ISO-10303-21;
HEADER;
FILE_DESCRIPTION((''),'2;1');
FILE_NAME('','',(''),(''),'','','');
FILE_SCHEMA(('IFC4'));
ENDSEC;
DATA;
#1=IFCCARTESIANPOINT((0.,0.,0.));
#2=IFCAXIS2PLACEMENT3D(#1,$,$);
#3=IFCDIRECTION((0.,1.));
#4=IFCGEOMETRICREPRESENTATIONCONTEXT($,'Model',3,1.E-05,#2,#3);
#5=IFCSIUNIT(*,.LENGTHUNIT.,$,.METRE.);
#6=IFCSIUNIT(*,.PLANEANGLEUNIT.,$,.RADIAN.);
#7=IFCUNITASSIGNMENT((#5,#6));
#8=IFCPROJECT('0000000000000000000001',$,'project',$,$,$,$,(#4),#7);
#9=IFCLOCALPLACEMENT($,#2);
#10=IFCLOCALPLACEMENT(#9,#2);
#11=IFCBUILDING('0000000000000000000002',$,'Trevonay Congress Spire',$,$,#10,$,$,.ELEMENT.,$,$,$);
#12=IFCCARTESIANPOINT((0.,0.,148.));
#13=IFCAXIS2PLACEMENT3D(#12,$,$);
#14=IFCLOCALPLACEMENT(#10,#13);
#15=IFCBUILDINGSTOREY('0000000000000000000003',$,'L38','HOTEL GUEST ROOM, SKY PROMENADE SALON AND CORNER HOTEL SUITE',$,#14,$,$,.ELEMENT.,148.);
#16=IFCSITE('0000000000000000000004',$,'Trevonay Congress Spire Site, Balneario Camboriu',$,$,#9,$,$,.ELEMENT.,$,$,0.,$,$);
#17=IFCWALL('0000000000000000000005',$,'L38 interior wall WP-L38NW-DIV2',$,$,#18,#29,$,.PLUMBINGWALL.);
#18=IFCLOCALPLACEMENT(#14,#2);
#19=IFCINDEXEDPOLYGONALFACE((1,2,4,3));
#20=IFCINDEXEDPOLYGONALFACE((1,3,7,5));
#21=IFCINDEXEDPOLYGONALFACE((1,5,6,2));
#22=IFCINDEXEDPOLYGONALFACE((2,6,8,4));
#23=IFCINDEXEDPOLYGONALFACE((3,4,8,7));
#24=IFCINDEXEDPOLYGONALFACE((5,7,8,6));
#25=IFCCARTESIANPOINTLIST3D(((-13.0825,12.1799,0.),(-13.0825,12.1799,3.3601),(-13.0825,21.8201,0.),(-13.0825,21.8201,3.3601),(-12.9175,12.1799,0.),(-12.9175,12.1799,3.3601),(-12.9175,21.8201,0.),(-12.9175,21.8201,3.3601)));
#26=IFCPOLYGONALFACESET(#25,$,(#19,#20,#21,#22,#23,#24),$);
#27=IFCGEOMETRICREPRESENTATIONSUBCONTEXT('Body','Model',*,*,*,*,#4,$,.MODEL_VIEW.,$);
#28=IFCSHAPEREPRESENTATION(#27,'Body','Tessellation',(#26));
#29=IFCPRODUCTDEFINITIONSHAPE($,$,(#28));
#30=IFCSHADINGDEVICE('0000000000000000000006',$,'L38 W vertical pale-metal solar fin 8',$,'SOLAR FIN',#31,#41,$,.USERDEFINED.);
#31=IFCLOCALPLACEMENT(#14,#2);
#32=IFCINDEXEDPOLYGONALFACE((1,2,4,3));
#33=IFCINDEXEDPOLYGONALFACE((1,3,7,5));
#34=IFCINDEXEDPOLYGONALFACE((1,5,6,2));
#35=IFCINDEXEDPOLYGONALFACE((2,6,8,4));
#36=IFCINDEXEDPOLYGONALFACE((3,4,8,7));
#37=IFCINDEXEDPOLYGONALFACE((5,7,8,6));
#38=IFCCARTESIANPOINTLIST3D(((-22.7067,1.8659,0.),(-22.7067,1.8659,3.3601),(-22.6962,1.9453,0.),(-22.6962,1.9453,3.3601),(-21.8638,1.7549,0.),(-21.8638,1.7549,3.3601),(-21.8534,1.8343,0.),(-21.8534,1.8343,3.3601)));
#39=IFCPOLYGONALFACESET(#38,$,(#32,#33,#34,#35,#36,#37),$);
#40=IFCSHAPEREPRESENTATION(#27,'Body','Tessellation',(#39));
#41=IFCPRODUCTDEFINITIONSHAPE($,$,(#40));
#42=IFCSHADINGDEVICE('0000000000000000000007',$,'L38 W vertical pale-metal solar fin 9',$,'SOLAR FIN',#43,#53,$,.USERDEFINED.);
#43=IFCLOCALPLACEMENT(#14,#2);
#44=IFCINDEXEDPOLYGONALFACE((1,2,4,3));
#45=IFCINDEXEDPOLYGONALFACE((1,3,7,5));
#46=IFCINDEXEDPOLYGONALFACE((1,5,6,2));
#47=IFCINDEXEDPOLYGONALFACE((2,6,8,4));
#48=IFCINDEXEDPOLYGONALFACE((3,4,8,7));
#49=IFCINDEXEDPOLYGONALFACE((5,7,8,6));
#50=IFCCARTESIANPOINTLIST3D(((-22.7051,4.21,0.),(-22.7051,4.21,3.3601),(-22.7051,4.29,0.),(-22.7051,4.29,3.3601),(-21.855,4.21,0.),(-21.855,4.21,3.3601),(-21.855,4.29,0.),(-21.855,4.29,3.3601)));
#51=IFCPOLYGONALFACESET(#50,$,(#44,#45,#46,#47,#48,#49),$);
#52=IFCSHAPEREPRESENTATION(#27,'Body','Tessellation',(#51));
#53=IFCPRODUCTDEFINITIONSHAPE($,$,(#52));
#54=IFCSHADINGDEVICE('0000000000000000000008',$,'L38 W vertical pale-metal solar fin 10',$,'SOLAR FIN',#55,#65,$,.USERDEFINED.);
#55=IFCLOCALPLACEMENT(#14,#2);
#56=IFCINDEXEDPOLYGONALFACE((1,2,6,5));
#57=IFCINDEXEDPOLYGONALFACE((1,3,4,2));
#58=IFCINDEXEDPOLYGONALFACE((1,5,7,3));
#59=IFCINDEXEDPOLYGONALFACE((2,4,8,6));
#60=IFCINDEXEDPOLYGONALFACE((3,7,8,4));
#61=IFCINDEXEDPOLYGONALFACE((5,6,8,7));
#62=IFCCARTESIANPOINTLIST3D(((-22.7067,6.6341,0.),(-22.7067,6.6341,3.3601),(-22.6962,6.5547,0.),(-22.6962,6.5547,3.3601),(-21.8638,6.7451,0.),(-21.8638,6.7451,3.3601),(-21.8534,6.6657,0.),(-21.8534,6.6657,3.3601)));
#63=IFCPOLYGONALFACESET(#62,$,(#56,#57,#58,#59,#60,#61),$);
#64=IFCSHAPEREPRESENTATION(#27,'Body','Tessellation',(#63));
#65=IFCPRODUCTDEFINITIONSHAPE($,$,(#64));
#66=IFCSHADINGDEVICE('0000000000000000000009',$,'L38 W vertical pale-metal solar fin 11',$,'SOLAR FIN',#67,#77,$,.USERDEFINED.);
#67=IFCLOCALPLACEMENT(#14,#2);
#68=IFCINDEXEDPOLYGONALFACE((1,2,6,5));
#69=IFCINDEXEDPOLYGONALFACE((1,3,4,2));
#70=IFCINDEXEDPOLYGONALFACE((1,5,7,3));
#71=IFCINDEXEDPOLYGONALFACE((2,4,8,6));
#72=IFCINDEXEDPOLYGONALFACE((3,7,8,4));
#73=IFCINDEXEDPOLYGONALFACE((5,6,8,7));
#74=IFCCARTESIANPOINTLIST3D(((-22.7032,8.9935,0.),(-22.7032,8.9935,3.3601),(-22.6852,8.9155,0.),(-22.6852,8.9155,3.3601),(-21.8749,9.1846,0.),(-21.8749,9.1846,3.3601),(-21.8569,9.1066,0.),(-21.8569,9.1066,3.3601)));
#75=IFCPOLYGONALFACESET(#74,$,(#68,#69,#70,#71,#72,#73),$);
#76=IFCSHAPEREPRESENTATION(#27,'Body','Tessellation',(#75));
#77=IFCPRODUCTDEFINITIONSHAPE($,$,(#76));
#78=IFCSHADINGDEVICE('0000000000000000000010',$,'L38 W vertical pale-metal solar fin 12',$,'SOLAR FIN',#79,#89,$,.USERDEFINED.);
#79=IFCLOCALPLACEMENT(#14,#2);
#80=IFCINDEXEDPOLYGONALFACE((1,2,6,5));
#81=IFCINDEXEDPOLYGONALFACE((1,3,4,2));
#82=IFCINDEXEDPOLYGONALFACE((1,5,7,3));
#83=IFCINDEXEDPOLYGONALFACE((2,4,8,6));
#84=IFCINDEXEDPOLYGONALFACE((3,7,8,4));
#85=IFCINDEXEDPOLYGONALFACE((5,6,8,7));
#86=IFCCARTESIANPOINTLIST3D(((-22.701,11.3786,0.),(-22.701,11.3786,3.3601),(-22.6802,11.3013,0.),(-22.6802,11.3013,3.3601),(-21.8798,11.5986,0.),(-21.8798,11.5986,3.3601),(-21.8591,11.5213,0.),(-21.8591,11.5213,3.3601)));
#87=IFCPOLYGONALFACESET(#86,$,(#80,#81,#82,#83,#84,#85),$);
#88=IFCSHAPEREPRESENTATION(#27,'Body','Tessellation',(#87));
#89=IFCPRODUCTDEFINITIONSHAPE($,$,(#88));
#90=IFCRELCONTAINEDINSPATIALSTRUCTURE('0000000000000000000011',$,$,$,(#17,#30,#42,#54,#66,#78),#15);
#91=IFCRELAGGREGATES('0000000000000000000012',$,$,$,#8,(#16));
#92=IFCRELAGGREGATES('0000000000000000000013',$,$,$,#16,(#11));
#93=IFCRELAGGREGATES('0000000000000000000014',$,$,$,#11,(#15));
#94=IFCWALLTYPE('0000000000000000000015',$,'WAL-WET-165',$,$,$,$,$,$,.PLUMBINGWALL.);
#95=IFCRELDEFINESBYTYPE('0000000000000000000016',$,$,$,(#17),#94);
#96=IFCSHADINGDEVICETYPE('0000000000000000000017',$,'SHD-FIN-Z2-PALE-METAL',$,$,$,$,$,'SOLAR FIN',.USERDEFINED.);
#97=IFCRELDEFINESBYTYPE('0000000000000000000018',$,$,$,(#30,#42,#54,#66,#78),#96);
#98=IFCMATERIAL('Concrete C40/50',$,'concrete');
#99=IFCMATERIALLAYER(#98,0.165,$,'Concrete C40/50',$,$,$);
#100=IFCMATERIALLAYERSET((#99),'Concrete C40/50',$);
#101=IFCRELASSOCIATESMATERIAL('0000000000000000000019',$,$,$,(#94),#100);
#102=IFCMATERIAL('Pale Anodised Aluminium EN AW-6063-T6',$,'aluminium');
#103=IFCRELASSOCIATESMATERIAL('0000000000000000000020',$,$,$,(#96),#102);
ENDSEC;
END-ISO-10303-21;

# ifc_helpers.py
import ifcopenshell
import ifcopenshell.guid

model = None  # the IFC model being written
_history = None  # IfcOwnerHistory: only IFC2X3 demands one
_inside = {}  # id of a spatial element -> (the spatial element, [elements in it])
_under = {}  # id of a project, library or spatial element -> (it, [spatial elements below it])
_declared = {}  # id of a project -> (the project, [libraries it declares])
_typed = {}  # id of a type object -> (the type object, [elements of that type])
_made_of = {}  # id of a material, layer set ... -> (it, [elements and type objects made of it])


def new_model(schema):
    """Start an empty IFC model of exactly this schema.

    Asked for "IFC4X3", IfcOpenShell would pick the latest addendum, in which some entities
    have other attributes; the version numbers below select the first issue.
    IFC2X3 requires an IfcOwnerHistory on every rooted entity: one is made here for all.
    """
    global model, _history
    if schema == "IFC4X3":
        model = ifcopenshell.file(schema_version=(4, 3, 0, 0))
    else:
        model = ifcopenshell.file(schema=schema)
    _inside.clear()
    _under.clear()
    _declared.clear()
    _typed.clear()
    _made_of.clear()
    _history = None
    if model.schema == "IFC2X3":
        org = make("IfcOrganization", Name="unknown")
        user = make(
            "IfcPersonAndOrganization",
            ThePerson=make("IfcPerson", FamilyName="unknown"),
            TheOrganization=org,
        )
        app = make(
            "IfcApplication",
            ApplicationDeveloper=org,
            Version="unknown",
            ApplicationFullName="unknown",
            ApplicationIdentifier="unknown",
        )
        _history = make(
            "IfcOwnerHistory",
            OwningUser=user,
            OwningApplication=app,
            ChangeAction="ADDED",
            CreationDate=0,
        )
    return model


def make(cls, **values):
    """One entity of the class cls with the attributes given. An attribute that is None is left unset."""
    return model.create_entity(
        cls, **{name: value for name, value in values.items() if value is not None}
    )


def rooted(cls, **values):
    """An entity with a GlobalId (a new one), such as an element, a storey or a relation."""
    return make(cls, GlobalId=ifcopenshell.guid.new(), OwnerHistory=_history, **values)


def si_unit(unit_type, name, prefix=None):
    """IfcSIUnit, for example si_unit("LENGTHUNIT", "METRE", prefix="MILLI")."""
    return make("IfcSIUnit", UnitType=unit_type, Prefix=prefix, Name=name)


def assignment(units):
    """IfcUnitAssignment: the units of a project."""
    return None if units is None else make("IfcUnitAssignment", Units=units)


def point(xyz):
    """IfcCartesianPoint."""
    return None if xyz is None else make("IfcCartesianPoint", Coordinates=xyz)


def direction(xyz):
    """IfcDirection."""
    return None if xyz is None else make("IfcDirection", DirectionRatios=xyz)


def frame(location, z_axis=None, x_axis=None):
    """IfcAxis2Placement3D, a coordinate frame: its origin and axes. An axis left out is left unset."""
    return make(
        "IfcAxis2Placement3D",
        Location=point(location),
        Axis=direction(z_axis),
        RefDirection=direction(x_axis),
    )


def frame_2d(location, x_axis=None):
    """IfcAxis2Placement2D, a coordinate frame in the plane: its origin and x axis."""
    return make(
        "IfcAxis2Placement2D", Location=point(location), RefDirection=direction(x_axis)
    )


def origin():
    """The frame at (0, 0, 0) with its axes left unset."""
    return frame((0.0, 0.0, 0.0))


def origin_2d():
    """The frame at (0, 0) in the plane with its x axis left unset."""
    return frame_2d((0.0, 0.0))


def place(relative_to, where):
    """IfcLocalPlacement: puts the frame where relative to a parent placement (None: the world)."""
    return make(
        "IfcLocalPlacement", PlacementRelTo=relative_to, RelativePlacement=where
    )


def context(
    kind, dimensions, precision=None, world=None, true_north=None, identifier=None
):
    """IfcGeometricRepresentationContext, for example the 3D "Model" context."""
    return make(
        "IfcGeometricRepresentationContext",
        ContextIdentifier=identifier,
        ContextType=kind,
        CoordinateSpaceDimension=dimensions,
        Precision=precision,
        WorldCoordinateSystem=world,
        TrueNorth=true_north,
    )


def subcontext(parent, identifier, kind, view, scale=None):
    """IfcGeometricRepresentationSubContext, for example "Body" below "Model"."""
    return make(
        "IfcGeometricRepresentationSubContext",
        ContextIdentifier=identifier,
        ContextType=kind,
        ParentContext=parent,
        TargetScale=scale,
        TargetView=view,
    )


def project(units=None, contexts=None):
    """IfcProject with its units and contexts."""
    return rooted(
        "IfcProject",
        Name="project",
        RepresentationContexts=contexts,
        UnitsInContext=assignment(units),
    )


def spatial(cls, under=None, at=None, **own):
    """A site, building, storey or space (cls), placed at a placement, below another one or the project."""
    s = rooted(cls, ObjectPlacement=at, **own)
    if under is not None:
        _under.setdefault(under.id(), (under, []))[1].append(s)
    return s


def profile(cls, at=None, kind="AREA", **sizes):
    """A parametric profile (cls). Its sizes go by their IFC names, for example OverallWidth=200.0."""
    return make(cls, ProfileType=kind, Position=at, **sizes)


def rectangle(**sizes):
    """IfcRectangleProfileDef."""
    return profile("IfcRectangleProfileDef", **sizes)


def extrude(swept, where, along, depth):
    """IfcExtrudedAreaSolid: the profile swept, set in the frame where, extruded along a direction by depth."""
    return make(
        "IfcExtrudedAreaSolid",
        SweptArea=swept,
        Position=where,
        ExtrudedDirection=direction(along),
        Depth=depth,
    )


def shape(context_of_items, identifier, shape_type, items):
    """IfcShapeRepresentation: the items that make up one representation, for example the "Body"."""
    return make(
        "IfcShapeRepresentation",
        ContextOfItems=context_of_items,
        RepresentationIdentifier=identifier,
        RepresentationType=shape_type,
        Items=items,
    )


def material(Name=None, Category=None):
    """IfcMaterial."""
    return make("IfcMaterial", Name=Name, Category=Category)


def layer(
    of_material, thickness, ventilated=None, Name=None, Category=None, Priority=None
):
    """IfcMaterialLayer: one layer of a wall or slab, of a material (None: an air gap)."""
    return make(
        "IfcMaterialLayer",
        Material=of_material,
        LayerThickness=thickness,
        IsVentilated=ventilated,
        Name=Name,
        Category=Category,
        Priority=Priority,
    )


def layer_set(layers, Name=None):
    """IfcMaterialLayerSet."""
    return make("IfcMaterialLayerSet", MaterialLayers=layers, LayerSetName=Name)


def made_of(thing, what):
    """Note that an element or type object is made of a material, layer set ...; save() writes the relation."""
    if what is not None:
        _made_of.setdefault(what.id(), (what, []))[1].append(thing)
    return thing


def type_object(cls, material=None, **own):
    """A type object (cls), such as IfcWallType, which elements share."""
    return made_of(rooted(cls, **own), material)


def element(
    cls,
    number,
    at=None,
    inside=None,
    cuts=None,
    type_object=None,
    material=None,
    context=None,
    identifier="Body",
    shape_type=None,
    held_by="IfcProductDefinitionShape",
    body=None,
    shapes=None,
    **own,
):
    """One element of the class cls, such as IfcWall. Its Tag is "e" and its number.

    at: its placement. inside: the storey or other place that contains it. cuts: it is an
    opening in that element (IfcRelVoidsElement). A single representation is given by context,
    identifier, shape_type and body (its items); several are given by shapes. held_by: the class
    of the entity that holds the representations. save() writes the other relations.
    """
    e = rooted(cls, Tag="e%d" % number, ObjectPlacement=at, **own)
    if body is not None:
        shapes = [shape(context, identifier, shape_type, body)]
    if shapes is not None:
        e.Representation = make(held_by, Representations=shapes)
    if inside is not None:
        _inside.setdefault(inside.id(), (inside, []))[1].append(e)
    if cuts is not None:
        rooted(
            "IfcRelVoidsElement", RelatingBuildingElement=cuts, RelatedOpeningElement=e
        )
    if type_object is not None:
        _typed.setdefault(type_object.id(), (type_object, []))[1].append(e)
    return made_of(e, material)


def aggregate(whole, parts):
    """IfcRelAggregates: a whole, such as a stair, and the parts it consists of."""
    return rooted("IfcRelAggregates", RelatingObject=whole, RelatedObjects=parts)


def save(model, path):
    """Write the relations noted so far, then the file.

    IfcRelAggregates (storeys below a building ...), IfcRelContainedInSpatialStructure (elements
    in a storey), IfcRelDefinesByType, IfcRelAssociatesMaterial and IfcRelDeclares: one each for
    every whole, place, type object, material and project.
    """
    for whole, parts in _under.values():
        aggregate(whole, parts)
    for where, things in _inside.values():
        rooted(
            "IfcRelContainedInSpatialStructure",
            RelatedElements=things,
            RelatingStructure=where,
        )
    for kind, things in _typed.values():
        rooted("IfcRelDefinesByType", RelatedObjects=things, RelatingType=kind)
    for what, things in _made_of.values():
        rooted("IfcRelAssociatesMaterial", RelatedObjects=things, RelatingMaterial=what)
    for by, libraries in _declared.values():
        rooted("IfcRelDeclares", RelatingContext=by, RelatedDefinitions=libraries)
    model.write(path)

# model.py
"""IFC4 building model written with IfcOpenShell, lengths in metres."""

from ifc_helpers import new_model, si_unit, direction, frame, frame_2d, origin, origin_2d, place, context, subcontext, project, spatial, rectangle, extrude, material, layer, layer_set, type_object, element, save


model = new_model("IFC4")

# Units and contexts
model_context = context("Model", 3, precision=1e-05, world=origin(), true_north=direction((0.0, 1.0)))
body_context = subcontext(model_context, "Body", "Model", "MODEL_VIEW")
ifc_project = project(units=[si_unit("LENGTHUNIT", "METRE"), si_unit("PLANEANGLEUNIT", "RADIAN")], contexts=[model_context])

# Site, building, storey
site_placement = place(None, origin())
site = spatial("IfcSite", under=ifc_project, at=site_placement, Name="Trevonay Congress Spire Site, Balneario Camboriu", CompositionType="ELEMENT", RefElevation=0.0)
building_placement = place(site_placement, origin())
building = spatial("IfcBuilding", under=site, at=building_placement, Name="Trevonay Congress Spire", CompositionType="ELEMENT")
storey_placement = place(building_placement, frame((0.0, 0.0, 148.0)))
storey = spatial("IfcBuildingStorey", under=building, at=storey_placement, Name="L38", Description="HOTEL GUEST ROOM, SKY PROMENADE SALON AND CORNER HOTEL SUITE", CompositionType="ELEMENT", Elevation=148.0)

# Shared definitions
ifc_material_1 = material(Name="Pale Anodised Aluminium EN AW-6063-T6", Category="aluminium")

# Shared definitions
ifc_material_2 = material(Name="Concrete C40/50", Category="concrete")

# Wall
ifc_layer_1 = layer(ifc_material_2, 0.165, Name="Concrete C40/50")
ifc_layer_set_1 = layer_set([ifc_layer_1], Name="Concrete C40/50")
wall_type_1 = type_object("IfcWallType", Name="WAL-WET-165", PredefinedType="PLUMBINGWALL", material=ifc_layer_set_1)
for number, where, z_axis, x_axis, name in (
    (1, (-13.0, 12.1799, 0.0), (0.0, 0.0, 1.0), (0.0, 1.0, 0.0), "L38 interior wall WP-L38NW-DIV2"),
):
    element("IfcWall", number, at=place(storey_placement, frame(where, z_axis=z_axis, x_axis=x_axis)), inside=storey, type_object=wall_type_1, Name=name, PredefinedType="PLUMBINGWALL", context=body_context, shape_type="SweptSolid", body=[
        extrude(rectangle(XDim=9.6401, YDim=0.165, at=frame_2d((4.8201, 0.0))), origin(), (0.0, 0.0, 1.0), 3.3601),
    ])

# Shading devices
shading_device_type = type_object("IfcShadingDeviceType", Name="SHD-FIN-Z2-PALE-METAL", ElementType="SOLAR FIN", PredefinedType="USERDEFINED", material=ifc_material_1)
for number, where, z_axis, x_axis, name in (
    (2, (-22.28, 1.8501, 0.0), (0.0, 0.0, 1.0), (0.130526, 0.991445, 0.0), "L38 W vertical pale-metal solar fin 8"),
    (3, (-22.28, 4.25, 0.0), (0.0, 0.0, 1.0), (0.0, 1.0, 0.0), "L38 W vertical pale-metal solar fin 9"),
    (4, (-22.28, 6.6499, 0.0), (0.0, 0.0, 1.0), (-0.130526, 0.991445, 0.0), "L38 W vertical pale-metal solar fin 10"),
    (5, (-22.28, 9.05, 0.0), (0.0, 0.0, 1.0), (-0.224781, 0.974409, 0.0), "L38 W vertical pale-metal solar fin 11"),
    (6, (-22.28, 11.45, 0.0), (0.0, 0.0, 1.0), (-0.258819, 0.965926, 0.0), "L38 W vertical pale-metal solar fin 12"),
):
    element("IfcShadingDevice", number, at=place(storey_placement, frame(where, z_axis=z_axis, x_axis=x_axis)), inside=storey, type_object=shading_device_type, Name=name, ObjectType="SOLAR FIN", PredefinedType="USERDEFINED", context=body_context, shape_type="SweptSolid", body=[
        extrude(rectangle(XDim=0.0801, YDim=0.8501, at=origin_2d()), origin(), (0.0, 0.0, 1.0), 3.3601),
    ])

save(model, "model.ifc")
